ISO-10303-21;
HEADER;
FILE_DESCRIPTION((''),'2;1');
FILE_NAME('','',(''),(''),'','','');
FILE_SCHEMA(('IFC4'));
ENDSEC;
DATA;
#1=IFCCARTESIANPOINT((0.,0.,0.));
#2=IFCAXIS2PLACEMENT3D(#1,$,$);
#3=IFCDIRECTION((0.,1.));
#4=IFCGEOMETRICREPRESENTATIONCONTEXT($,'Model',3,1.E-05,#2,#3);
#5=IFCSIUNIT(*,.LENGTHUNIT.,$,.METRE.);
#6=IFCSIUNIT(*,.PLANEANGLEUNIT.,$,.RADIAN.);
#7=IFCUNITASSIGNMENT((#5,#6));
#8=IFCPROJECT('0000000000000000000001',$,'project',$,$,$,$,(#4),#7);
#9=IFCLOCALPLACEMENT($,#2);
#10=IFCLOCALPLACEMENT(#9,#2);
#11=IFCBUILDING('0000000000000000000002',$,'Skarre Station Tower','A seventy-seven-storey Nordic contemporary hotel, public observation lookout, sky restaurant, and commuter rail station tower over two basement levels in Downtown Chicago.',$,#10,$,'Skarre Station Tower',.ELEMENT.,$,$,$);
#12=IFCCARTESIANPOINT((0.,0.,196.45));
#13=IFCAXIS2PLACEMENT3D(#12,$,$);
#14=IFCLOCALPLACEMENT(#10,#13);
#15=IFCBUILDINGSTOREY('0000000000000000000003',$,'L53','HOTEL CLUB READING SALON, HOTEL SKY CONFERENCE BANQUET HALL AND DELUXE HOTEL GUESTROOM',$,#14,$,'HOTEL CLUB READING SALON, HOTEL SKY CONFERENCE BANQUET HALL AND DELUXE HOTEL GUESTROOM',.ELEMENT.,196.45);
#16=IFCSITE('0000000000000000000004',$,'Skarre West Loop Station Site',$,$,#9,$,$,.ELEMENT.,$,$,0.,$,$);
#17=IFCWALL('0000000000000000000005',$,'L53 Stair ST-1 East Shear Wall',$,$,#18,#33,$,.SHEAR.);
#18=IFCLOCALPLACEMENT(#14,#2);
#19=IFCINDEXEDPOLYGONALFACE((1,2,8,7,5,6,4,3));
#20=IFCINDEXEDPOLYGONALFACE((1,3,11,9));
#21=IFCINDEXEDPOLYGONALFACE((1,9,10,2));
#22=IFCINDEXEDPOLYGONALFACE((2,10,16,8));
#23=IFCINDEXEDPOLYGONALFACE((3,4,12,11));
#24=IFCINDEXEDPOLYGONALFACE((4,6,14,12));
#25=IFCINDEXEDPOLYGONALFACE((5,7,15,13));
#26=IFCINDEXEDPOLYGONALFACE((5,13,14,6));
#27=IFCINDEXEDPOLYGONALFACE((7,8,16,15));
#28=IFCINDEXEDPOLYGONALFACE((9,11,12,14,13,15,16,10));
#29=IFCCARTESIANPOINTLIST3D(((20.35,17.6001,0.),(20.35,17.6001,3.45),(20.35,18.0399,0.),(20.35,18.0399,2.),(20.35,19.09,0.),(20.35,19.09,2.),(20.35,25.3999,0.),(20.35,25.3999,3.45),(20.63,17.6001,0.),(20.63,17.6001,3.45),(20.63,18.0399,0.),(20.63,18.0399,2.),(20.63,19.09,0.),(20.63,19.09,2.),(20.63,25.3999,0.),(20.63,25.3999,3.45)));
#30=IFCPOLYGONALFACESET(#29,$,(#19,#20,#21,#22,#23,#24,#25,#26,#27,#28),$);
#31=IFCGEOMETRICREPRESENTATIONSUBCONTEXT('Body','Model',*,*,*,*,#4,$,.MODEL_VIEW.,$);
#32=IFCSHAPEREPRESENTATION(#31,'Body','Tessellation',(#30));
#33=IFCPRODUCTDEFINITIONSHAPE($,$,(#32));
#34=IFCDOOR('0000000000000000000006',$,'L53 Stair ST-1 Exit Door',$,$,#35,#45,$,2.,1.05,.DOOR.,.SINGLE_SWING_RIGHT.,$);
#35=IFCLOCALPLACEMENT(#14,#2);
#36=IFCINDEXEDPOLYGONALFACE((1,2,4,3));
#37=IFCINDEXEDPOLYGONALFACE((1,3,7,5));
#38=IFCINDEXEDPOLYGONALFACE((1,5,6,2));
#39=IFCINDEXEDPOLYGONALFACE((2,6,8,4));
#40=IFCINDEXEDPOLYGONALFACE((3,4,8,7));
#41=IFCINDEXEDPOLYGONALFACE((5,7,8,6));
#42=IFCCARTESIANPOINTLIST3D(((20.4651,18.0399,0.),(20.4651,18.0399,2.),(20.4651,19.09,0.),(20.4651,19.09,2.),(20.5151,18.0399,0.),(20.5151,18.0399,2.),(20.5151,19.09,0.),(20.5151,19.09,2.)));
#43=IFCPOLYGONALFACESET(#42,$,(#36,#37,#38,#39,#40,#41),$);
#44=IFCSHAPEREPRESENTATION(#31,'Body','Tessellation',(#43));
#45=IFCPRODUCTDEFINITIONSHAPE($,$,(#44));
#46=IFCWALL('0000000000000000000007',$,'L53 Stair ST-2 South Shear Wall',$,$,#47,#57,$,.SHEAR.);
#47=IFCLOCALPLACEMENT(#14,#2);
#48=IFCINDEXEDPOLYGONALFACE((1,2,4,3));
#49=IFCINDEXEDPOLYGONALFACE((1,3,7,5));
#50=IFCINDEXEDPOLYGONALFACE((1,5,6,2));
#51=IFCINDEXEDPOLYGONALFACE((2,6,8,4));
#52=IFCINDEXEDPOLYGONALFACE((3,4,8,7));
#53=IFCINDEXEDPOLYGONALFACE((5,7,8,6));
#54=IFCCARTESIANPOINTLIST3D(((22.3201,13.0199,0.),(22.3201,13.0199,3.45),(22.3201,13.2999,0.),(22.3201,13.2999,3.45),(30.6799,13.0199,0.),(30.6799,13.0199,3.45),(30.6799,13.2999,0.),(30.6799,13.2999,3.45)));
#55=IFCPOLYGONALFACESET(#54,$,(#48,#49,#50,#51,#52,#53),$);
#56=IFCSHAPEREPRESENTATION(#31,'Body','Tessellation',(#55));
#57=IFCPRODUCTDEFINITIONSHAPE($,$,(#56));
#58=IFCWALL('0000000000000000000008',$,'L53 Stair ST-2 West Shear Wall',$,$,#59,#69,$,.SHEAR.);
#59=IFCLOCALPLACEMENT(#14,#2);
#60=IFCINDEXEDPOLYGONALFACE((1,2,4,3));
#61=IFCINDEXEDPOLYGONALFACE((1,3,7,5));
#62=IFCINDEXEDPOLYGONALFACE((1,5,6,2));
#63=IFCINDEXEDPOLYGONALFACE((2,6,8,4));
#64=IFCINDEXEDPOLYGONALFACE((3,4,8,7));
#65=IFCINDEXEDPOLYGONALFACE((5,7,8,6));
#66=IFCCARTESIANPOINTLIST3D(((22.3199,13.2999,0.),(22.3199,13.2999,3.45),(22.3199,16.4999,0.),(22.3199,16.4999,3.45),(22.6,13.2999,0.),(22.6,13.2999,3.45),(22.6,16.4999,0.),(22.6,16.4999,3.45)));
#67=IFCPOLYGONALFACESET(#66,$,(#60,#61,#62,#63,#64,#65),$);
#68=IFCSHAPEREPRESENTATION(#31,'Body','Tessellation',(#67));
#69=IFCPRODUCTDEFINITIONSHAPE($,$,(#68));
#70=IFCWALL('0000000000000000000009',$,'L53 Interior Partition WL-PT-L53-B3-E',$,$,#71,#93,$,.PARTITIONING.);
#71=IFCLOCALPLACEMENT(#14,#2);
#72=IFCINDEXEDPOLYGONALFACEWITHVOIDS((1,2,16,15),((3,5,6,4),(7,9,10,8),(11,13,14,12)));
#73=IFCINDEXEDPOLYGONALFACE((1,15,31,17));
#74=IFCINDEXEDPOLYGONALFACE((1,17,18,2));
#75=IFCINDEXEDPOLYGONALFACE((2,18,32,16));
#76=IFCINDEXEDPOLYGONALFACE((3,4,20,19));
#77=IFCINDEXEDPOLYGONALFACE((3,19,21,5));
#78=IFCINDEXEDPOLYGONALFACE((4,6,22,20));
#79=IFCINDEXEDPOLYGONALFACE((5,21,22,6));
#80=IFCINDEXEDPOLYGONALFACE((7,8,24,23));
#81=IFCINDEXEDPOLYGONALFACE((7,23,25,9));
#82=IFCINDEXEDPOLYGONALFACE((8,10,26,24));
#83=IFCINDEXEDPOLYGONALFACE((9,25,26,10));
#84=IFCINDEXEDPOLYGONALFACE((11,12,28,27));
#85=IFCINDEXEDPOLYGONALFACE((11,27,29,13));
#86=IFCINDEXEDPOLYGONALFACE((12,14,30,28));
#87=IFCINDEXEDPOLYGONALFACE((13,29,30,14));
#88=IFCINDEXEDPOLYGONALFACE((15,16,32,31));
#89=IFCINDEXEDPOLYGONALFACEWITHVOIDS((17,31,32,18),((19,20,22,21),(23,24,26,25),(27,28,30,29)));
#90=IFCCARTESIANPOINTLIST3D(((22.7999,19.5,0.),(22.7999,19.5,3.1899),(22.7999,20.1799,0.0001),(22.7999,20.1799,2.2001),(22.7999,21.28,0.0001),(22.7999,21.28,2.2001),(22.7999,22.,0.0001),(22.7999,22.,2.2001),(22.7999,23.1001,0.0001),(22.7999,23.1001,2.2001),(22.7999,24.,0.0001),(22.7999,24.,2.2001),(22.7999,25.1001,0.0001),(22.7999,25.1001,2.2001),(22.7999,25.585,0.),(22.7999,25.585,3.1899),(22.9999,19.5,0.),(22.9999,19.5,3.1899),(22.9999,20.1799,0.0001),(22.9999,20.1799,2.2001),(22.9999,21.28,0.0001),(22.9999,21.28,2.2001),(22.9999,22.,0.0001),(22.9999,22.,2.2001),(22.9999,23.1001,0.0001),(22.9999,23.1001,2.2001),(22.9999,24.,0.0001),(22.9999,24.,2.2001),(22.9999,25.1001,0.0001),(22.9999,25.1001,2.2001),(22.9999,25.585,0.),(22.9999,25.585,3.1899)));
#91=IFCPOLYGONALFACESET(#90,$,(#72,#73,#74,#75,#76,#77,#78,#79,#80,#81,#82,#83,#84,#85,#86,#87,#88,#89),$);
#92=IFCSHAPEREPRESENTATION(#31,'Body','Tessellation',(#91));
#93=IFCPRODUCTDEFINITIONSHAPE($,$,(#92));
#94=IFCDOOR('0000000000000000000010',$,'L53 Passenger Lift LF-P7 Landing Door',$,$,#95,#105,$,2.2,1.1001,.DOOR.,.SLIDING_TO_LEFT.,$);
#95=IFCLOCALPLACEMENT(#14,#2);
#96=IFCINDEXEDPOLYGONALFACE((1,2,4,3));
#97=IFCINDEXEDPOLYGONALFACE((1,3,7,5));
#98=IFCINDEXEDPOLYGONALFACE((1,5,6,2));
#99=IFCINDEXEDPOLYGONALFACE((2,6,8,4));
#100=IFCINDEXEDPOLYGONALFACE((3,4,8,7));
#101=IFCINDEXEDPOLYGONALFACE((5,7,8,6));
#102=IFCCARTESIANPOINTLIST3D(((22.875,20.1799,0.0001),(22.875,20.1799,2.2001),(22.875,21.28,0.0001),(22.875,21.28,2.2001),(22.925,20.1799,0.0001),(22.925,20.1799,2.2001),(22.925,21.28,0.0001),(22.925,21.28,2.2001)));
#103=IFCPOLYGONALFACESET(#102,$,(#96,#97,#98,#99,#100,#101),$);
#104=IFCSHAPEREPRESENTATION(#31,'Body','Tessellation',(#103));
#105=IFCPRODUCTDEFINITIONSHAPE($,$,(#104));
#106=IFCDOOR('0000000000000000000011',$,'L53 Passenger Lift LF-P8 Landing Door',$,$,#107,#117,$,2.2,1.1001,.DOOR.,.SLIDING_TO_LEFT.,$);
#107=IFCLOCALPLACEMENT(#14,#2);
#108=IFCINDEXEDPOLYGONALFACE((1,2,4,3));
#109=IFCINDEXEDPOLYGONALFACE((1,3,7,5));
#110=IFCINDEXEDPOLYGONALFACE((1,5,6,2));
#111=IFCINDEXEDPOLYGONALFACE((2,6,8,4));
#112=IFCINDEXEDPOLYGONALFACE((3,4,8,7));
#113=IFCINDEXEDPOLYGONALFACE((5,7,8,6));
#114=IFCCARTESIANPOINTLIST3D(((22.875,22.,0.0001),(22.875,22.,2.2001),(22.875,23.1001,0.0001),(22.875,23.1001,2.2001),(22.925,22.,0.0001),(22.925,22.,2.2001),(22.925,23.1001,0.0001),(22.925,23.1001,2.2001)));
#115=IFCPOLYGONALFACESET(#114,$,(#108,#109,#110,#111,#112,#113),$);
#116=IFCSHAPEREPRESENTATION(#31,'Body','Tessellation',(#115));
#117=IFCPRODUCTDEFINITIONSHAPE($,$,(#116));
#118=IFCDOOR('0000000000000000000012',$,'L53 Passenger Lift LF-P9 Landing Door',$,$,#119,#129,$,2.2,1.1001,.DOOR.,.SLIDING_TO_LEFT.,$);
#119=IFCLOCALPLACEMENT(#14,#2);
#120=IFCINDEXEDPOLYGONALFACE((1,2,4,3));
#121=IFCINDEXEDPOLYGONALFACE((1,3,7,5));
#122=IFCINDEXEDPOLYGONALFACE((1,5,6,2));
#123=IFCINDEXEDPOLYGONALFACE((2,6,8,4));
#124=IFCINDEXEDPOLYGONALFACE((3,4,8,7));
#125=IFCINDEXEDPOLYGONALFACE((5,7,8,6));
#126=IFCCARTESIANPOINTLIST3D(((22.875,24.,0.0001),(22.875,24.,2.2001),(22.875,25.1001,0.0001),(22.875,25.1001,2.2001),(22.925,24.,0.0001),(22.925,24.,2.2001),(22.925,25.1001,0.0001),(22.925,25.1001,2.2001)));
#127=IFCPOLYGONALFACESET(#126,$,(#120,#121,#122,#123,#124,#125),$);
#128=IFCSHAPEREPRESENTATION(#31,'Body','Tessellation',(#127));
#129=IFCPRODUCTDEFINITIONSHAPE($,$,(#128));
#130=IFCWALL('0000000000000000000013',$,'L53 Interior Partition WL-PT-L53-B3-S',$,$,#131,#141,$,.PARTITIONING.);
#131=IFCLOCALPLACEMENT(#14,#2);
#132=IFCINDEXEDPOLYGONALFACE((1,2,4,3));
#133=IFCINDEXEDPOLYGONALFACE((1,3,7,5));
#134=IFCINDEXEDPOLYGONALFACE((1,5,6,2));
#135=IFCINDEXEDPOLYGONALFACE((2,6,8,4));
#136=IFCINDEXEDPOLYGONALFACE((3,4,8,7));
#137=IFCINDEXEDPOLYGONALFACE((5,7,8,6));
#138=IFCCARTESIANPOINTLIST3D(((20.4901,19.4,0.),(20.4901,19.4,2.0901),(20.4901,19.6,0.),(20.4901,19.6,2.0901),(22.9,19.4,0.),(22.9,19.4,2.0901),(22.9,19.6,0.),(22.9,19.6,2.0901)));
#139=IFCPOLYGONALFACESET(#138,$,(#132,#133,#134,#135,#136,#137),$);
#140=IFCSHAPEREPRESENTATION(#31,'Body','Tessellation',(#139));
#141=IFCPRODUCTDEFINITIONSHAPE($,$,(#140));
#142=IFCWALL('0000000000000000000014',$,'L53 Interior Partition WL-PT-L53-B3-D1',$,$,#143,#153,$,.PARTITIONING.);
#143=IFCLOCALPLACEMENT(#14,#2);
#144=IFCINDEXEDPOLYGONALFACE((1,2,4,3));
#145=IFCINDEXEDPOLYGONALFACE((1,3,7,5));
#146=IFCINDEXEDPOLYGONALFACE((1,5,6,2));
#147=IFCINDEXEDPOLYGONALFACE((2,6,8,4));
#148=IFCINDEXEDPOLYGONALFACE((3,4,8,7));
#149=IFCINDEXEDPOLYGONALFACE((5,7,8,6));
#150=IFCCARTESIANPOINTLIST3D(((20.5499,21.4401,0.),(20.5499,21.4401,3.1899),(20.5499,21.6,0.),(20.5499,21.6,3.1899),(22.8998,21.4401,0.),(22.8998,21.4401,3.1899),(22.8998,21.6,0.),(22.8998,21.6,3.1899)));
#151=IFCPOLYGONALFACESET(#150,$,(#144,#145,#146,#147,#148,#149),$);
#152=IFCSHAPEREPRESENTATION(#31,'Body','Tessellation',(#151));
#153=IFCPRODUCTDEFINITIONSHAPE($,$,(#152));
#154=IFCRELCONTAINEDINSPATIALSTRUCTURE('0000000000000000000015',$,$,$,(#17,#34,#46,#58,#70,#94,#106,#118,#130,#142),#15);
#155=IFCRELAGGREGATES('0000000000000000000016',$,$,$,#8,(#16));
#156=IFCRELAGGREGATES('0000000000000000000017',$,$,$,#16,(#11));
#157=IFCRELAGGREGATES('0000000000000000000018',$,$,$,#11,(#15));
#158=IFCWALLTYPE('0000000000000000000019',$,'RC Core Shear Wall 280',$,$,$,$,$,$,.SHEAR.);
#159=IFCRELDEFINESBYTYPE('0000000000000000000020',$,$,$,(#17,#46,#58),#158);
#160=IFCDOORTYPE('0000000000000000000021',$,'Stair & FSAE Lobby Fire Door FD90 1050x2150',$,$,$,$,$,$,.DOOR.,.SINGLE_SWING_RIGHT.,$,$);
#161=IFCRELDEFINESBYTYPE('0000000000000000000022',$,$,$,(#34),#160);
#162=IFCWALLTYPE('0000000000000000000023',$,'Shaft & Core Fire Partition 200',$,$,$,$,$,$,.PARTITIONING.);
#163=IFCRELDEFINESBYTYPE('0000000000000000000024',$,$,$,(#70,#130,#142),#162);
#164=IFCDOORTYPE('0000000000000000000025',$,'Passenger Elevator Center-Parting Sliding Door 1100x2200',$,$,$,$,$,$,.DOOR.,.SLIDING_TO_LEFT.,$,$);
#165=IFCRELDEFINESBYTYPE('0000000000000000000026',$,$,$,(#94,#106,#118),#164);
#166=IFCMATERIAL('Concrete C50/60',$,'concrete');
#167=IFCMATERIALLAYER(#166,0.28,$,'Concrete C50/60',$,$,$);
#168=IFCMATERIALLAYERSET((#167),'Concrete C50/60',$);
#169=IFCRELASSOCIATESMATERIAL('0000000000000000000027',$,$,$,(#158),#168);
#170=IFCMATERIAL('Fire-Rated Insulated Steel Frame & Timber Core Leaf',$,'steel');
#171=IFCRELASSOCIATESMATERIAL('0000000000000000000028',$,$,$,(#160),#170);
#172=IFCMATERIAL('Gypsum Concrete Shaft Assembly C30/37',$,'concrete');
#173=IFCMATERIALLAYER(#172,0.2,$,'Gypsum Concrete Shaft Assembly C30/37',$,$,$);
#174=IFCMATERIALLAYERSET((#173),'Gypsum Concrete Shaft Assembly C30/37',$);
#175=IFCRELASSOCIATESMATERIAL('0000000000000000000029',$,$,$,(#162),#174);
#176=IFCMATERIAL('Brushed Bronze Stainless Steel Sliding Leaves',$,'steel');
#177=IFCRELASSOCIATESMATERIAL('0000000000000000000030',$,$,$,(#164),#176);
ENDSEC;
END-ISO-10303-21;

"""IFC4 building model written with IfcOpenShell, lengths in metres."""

from ifc_helpers import new_model, si_unit, direction, frame, frame_2d, origin, place, context, subcontext, project, spatial, rectangle, extrude, material, layer, layer_set, type_object, element, fill, save


model = new_model("IFC4")

# Units and contexts
model_context = context("Model", 3, precision=1e-05, world=origin(), true_north=direction((0.0, 1.0)))
body_context = subcontext(model_context, "Body", "Model", "MODEL_VIEW")
ifc_project = project(units=[si_unit("LENGTHUNIT", "METRE"), si_unit("PLANEANGLEUNIT", "RADIAN")], contexts=[model_context])

# Site, building, storey
site_placement = place(None, origin())
site = spatial("IfcSite", under=ifc_project, at=site_placement, Name="Skarre West Loop Station Site", CompositionType="ELEMENT", RefElevation=0.0)
building_placement = place(site_placement, origin())
building = spatial("IfcBuilding", under=site, at=building_placement, Name="Skarre Station Tower", Description="A seventy-seven-storey Nordic contemporary hotel, public observation lookout, sky restaurant, and commuter rail station tower over two basement levels in Downtown Chicago.", LongName="Skarre Station Tower", CompositionType="ELEMENT")
storey_placement = place(building_placement, frame((0.0, 0.0, 196.45)))
storey = spatial("IfcBuildingStorey", under=building, at=storey_placement, Name="L53", Description="HOTEL CLUB READING SALON, HOTEL SKY CONFERENCE BANQUET HALL AND DELUXE HOTEL GUESTROOM", LongName="HOTEL CLUB READING SALON, HOTEL SKY CONFERENCE BANQUET HALL AND DELUXE HOTEL GUESTROOM", CompositionType="ELEMENT", Elevation=196.45)

# Shared definitions
ifc_material_1 = material(Name="Concrete C50/60", Category="concrete")

# Wall, opening, door
ifc_layer_1 = layer(ifc_material_1, 0.28, Name="Concrete C50/60")
ifc_layer_set_1 = layer_set([ifc_layer_1], Name="Concrete C50/60")
wall_type_1 = type_object("IfcWallType", Name="RC Core Shear Wall 280", PredefinedType="SHEAR", material=ifc_layer_set_1)
wall_1_placement = place(storey_placement, frame((20.49, 17.6001, 0.0), z_axis=(0.0, 0.0, 1.0), x_axis=(0.0, 1.0, 0.0)))
wall_1 = element("IfcWall", 1, at=wall_1_placement, inside=storey, type_object=wall_type_1, Name="L53 Stair ST-1 East Shear Wall", PredefinedType="SHEAR", context=body_context, shape_type="SweptSolid", body=[
    extrude(rectangle(XDim=7.7998, YDim=0.28, at=frame_2d((3.8999, 0.0))), origin(), (0.0, 0.0, 1.0), 3.45),
])
opening_1_placement = place(wall_1_placement, frame((0.4399, 0.0, 0.0)))
opening_1 = element("IfcOpeningElement", 2, at=opening_1_placement, cuts=wall_1, PredefinedType="OPENING", context=body_context, shape_type="SweptSolid", body=[
    extrude(rectangle(XDim=1.05, YDim=2.0, at=frame_2d((0.5249, 1.0))), frame((0.0, 0.1499, 0.0), z_axis=(0.0, -1.0, 0.0), x_axis=(1.0, 0.0, 0.0)), (0.0, 0.0, 1.0), 0.3),
])
ifc_material_2 = material(Name="Fire-Rated Insulated Steel Frame & Timber Core Leaf", Category="steel")
door_type_1 = type_object("IfcDoorType", Name="Stair & FSAE Lobby Fire Door FD90 1050x2150", OperationType="SINGLE_SWING_RIGHT", PredefinedType="DOOR", material=ifc_material_2)
door_1_placement = place(opening_1_placement, origin())
door_1 = element("IfcDoor", 3, at=door_1_placement, inside=storey, type_object=door_type_1, Name="L53 Stair ST-1 Exit Door", OperationType="SINGLE_SWING_RIGHT", OverallHeight=2.0, OverallWidth=1.05, PredefinedType="DOOR", context=body_context, shape_type="SweptSolid", body=[
    extrude(rectangle(XDim=1.05, YDim=2.0, at=frame_2d((0.5249, 1.0))), frame((0.0, 0.0249, 0.0), z_axis=(0.0, -1.0, 0.0), x_axis=(1.0, 0.0, 0.0)), (0.0, 0.0, 1.0), 0.05),
])
fill(opening_1, door_1)

# Walls
wall_2_placement = place(storey_placement, frame((22.3201, 13.1599, 0.0), z_axis=(0.0, 0.0, 1.0), x_axis=(1.0, 0.0, 0.0)))
element("IfcWall", 4, at=wall_2_placement, inside=storey, type_object=wall_type_1, Name="L53 Stair ST-2 South Shear Wall", PredefinedType="SHEAR", context=body_context, shape_type="SweptSolid", body=[
    extrude(rectangle(XDim=8.3599, YDim=0.28, at=frame_2d((4.1799, 0.0))), origin(), (0.0, 0.0, 1.0), 3.45),
])
wall_3_placement = place(storey_placement, frame((22.46, 16.5, 0.0), z_axis=(0.0, 0.0, 1.0), x_axis=(0.0, -1.0, 0.0)))
element("IfcWall", 5, at=wall_3_placement, inside=storey, type_object=wall_type_1, Name="L53 Stair ST-2 West Shear Wall", PredefinedType="SHEAR", context=body_context, shape_type="SweptSolid", body=[
    extrude(rectangle(XDim=3.2, YDim=0.28, at=frame_2d((1.6001, 0.0))), origin(), (0.0, 0.0, 1.0), 3.45),
])

# Wall, openings, doors
ifc_material_3 = material(Name="Gypsum Concrete Shaft Assembly C30/37", Category="concrete")
ifc_layer_2 = layer(ifc_material_3, 0.2, Name="Gypsum Concrete Shaft Assembly C30/37")
ifc_layer_set_2 = layer_set([ifc_layer_2], Name="Gypsum Concrete Shaft Assembly C30/37")
wall_type_2 = type_object("IfcWallType", Name="Shaft & Core Fire Partition 200", PredefinedType="PARTITIONING", material=ifc_layer_set_2)
wall_4_placement = place(storey_placement, frame((22.8999, 19.5, 0.0), z_axis=(0.0, 0.0, 1.0), x_axis=(0.0, 1.0, 0.0)))
wall_4 = element("IfcWall", 6, at=wall_4_placement, inside=storey, type_object=wall_type_2, Name="L53 Interior Partition WL-PT-L53-B3-E", PredefinedType="PARTITIONING", context=body_context, shape_type="SweptSolid", body=[
    extrude(rectangle(XDim=6.085, YDim=0.2, at=frame_2d((3.0425, 0.0))), origin(), (0.0, 0.0, 1.0), 3.1899),
])
opening_2_placement = place(wall_4_placement, frame((0.6799, 0.0, 0.0)))
opening_2 = element("IfcOpeningElement", 7, at=opening_2_placement, cuts=wall_4, PredefinedType="OPENING", context=body_context, shape_type="SweptSolid", body=[
    extrude(rectangle(XDim=1.1001, YDim=2.2, at=frame_2d((0.55, 1.1001))), frame((0.0, 0.1099, 0.0), z_axis=(0.0, -1.0, 0.0), x_axis=(1.0, 0.0, 0.0)), (0.0, 0.0, 1.0), 0.22),
])
opening_3_placement = place(wall_4_placement, frame((2.5, 0.0, 0.0)))
opening_3 = element("IfcOpeningElement", 8, at=opening_3_placement, cuts=wall_4, PredefinedType="OPENING", context=body_context, shape_type="SweptSolid", body=[
    extrude(rectangle(XDim=1.1001, YDim=2.2, at=frame_2d((0.55, 1.1001))), frame((0.0, 0.1099, 0.0), z_axis=(0.0, -1.0, 0.0), x_axis=(1.0, 0.0, 0.0)), (0.0, 0.0, 1.0), 0.22),
])
opening_4_placement = place(wall_4_placement, frame((4.5, 0.0, 0.0)))
opening_4 = element("IfcOpeningElement", 9, at=opening_4_placement, cuts=wall_4, PredefinedType="OPENING", context=body_context, shape_type="SweptSolid", body=[
    extrude(rectangle(XDim=1.1001, YDim=2.2, at=frame_2d((0.55, 1.1001))), frame((0.0, 0.1099, 0.0), z_axis=(0.0, -1.0, 0.0), x_axis=(1.0, 0.0, 0.0)), (0.0, 0.0, 1.0), 0.22),
])
ifc_material_4 = material(Name="Brushed Bronze Stainless Steel Sliding Leaves", Category="steel")
door_type_2 = type_object("IfcDoorType", Name="Passenger Elevator Center-Parting Sliding Door 1100x2200", OperationType="SLIDING_TO_LEFT", PredefinedType="DOOR", material=ifc_material_4)
door_2_placement = place(opening_2_placement, origin())
door_2 = element("IfcDoor", 10, at=door_2_placement, inside=storey, type_object=door_type_2, Name="L53 Passenger Lift LF-P7 Landing Door", OperationType="SLIDING_TO_LEFT", OverallHeight=2.2, OverallWidth=1.1001, PredefinedType="DOOR", context=body_context, shape_type="SweptSolid", body=[
    extrude(rectangle(XDim=1.1001, YDim=2.2, at=frame_2d((0.55, 1.1001))), frame((0.0, 0.0249, 0.0), z_axis=(0.0, -1.0, 0.0), x_axis=(1.0, 0.0, 0.0)), (0.0, 0.0, 1.0), 0.05),
])
fill(opening_2, door_2)
door_3_placement = place(opening_3_placement, origin())
door_3 = element("IfcDoor", 11, at=door_3_placement, inside=storey, type_object=door_type_2, Name="L53 Passenger Lift LF-P8 Landing Door", OperationType="SLIDING_TO_LEFT", OverallHeight=2.2, OverallWidth=1.1001, PredefinedType="DOOR", context=body_context, shape_type="SweptSolid", body=[
    extrude(rectangle(XDim=1.1001, YDim=2.2, at=frame_2d((0.55, 1.1001))), frame((0.0, 0.0249, 0.0), z_axis=(0.0, -1.0, 0.0), x_axis=(1.0, 0.0, 0.0)), (0.0, 0.0, 1.0), 0.05),
])
fill(opening_3, door_3)
door_4_placement = place(opening_4_placement, origin())
door_4 = element("IfcDoor", 12, at=door_4_placement, inside=storey, type_object=door_type_2, Name="L53 Passenger Lift LF-P9 Landing Door", OperationType="SLIDING_TO_LEFT", OverallHeight=2.2, OverallWidth=1.1001, PredefinedType="DOOR", context=body_context, shape_type="SweptSolid", body=[
    extrude(rectangle(XDim=1.1001, YDim=2.2, at=frame_2d((0.55, 1.1001))), frame((0.0, 0.0249, 0.0), z_axis=(0.0, -1.0, 0.0), x_axis=(1.0, 0.0, 0.0)), (0.0, 0.0, 1.0), 0.05),
])
fill(opening_4, door_4)

# Walls
wall_5_placement = place(storey_placement, frame((20.49, 19.5, 0.0), z_axis=(0.0, 0.0, 1.0), x_axis=(1.0, 0.0, 0.0)))
element("IfcWall", 13, at=wall_5_placement, inside=storey, type_object=wall_type_2, Name="L53 Interior Partition WL-PT-L53-B3-S", PredefinedType="PARTITIONING", context=body_context, shape_type="SweptSolid", body=[
    extrude(rectangle(XDim=2.4099, YDim=0.2, at=frame_2d((1.2051, 0.0))), origin(), (0.0, 0.0, 1.0), 2.0901),
])
wall_6_placement = place(storey_placement, frame((20.55, 21.52, 0.0), z_axis=(0.0, 0.0, 1.0), x_axis=(1.0, 0.0, 0.0)))
element("IfcWall", 14, at=wall_6_placement, inside=storey, type_object=wall_type_2, Name="L53 Interior Partition WL-PT-L53-B3-D1", PredefinedType="PARTITIONING", context=body_context, shape_type="SweptSolid", body=[
    extrude(rectangle(XDim=2.3499, YDim=0.1599, at=frame_2d((1.1748, 0.0))), origin(), (0.0, 0.0, 1.0), 3.1899),
])

save(model, "model.ifc")
